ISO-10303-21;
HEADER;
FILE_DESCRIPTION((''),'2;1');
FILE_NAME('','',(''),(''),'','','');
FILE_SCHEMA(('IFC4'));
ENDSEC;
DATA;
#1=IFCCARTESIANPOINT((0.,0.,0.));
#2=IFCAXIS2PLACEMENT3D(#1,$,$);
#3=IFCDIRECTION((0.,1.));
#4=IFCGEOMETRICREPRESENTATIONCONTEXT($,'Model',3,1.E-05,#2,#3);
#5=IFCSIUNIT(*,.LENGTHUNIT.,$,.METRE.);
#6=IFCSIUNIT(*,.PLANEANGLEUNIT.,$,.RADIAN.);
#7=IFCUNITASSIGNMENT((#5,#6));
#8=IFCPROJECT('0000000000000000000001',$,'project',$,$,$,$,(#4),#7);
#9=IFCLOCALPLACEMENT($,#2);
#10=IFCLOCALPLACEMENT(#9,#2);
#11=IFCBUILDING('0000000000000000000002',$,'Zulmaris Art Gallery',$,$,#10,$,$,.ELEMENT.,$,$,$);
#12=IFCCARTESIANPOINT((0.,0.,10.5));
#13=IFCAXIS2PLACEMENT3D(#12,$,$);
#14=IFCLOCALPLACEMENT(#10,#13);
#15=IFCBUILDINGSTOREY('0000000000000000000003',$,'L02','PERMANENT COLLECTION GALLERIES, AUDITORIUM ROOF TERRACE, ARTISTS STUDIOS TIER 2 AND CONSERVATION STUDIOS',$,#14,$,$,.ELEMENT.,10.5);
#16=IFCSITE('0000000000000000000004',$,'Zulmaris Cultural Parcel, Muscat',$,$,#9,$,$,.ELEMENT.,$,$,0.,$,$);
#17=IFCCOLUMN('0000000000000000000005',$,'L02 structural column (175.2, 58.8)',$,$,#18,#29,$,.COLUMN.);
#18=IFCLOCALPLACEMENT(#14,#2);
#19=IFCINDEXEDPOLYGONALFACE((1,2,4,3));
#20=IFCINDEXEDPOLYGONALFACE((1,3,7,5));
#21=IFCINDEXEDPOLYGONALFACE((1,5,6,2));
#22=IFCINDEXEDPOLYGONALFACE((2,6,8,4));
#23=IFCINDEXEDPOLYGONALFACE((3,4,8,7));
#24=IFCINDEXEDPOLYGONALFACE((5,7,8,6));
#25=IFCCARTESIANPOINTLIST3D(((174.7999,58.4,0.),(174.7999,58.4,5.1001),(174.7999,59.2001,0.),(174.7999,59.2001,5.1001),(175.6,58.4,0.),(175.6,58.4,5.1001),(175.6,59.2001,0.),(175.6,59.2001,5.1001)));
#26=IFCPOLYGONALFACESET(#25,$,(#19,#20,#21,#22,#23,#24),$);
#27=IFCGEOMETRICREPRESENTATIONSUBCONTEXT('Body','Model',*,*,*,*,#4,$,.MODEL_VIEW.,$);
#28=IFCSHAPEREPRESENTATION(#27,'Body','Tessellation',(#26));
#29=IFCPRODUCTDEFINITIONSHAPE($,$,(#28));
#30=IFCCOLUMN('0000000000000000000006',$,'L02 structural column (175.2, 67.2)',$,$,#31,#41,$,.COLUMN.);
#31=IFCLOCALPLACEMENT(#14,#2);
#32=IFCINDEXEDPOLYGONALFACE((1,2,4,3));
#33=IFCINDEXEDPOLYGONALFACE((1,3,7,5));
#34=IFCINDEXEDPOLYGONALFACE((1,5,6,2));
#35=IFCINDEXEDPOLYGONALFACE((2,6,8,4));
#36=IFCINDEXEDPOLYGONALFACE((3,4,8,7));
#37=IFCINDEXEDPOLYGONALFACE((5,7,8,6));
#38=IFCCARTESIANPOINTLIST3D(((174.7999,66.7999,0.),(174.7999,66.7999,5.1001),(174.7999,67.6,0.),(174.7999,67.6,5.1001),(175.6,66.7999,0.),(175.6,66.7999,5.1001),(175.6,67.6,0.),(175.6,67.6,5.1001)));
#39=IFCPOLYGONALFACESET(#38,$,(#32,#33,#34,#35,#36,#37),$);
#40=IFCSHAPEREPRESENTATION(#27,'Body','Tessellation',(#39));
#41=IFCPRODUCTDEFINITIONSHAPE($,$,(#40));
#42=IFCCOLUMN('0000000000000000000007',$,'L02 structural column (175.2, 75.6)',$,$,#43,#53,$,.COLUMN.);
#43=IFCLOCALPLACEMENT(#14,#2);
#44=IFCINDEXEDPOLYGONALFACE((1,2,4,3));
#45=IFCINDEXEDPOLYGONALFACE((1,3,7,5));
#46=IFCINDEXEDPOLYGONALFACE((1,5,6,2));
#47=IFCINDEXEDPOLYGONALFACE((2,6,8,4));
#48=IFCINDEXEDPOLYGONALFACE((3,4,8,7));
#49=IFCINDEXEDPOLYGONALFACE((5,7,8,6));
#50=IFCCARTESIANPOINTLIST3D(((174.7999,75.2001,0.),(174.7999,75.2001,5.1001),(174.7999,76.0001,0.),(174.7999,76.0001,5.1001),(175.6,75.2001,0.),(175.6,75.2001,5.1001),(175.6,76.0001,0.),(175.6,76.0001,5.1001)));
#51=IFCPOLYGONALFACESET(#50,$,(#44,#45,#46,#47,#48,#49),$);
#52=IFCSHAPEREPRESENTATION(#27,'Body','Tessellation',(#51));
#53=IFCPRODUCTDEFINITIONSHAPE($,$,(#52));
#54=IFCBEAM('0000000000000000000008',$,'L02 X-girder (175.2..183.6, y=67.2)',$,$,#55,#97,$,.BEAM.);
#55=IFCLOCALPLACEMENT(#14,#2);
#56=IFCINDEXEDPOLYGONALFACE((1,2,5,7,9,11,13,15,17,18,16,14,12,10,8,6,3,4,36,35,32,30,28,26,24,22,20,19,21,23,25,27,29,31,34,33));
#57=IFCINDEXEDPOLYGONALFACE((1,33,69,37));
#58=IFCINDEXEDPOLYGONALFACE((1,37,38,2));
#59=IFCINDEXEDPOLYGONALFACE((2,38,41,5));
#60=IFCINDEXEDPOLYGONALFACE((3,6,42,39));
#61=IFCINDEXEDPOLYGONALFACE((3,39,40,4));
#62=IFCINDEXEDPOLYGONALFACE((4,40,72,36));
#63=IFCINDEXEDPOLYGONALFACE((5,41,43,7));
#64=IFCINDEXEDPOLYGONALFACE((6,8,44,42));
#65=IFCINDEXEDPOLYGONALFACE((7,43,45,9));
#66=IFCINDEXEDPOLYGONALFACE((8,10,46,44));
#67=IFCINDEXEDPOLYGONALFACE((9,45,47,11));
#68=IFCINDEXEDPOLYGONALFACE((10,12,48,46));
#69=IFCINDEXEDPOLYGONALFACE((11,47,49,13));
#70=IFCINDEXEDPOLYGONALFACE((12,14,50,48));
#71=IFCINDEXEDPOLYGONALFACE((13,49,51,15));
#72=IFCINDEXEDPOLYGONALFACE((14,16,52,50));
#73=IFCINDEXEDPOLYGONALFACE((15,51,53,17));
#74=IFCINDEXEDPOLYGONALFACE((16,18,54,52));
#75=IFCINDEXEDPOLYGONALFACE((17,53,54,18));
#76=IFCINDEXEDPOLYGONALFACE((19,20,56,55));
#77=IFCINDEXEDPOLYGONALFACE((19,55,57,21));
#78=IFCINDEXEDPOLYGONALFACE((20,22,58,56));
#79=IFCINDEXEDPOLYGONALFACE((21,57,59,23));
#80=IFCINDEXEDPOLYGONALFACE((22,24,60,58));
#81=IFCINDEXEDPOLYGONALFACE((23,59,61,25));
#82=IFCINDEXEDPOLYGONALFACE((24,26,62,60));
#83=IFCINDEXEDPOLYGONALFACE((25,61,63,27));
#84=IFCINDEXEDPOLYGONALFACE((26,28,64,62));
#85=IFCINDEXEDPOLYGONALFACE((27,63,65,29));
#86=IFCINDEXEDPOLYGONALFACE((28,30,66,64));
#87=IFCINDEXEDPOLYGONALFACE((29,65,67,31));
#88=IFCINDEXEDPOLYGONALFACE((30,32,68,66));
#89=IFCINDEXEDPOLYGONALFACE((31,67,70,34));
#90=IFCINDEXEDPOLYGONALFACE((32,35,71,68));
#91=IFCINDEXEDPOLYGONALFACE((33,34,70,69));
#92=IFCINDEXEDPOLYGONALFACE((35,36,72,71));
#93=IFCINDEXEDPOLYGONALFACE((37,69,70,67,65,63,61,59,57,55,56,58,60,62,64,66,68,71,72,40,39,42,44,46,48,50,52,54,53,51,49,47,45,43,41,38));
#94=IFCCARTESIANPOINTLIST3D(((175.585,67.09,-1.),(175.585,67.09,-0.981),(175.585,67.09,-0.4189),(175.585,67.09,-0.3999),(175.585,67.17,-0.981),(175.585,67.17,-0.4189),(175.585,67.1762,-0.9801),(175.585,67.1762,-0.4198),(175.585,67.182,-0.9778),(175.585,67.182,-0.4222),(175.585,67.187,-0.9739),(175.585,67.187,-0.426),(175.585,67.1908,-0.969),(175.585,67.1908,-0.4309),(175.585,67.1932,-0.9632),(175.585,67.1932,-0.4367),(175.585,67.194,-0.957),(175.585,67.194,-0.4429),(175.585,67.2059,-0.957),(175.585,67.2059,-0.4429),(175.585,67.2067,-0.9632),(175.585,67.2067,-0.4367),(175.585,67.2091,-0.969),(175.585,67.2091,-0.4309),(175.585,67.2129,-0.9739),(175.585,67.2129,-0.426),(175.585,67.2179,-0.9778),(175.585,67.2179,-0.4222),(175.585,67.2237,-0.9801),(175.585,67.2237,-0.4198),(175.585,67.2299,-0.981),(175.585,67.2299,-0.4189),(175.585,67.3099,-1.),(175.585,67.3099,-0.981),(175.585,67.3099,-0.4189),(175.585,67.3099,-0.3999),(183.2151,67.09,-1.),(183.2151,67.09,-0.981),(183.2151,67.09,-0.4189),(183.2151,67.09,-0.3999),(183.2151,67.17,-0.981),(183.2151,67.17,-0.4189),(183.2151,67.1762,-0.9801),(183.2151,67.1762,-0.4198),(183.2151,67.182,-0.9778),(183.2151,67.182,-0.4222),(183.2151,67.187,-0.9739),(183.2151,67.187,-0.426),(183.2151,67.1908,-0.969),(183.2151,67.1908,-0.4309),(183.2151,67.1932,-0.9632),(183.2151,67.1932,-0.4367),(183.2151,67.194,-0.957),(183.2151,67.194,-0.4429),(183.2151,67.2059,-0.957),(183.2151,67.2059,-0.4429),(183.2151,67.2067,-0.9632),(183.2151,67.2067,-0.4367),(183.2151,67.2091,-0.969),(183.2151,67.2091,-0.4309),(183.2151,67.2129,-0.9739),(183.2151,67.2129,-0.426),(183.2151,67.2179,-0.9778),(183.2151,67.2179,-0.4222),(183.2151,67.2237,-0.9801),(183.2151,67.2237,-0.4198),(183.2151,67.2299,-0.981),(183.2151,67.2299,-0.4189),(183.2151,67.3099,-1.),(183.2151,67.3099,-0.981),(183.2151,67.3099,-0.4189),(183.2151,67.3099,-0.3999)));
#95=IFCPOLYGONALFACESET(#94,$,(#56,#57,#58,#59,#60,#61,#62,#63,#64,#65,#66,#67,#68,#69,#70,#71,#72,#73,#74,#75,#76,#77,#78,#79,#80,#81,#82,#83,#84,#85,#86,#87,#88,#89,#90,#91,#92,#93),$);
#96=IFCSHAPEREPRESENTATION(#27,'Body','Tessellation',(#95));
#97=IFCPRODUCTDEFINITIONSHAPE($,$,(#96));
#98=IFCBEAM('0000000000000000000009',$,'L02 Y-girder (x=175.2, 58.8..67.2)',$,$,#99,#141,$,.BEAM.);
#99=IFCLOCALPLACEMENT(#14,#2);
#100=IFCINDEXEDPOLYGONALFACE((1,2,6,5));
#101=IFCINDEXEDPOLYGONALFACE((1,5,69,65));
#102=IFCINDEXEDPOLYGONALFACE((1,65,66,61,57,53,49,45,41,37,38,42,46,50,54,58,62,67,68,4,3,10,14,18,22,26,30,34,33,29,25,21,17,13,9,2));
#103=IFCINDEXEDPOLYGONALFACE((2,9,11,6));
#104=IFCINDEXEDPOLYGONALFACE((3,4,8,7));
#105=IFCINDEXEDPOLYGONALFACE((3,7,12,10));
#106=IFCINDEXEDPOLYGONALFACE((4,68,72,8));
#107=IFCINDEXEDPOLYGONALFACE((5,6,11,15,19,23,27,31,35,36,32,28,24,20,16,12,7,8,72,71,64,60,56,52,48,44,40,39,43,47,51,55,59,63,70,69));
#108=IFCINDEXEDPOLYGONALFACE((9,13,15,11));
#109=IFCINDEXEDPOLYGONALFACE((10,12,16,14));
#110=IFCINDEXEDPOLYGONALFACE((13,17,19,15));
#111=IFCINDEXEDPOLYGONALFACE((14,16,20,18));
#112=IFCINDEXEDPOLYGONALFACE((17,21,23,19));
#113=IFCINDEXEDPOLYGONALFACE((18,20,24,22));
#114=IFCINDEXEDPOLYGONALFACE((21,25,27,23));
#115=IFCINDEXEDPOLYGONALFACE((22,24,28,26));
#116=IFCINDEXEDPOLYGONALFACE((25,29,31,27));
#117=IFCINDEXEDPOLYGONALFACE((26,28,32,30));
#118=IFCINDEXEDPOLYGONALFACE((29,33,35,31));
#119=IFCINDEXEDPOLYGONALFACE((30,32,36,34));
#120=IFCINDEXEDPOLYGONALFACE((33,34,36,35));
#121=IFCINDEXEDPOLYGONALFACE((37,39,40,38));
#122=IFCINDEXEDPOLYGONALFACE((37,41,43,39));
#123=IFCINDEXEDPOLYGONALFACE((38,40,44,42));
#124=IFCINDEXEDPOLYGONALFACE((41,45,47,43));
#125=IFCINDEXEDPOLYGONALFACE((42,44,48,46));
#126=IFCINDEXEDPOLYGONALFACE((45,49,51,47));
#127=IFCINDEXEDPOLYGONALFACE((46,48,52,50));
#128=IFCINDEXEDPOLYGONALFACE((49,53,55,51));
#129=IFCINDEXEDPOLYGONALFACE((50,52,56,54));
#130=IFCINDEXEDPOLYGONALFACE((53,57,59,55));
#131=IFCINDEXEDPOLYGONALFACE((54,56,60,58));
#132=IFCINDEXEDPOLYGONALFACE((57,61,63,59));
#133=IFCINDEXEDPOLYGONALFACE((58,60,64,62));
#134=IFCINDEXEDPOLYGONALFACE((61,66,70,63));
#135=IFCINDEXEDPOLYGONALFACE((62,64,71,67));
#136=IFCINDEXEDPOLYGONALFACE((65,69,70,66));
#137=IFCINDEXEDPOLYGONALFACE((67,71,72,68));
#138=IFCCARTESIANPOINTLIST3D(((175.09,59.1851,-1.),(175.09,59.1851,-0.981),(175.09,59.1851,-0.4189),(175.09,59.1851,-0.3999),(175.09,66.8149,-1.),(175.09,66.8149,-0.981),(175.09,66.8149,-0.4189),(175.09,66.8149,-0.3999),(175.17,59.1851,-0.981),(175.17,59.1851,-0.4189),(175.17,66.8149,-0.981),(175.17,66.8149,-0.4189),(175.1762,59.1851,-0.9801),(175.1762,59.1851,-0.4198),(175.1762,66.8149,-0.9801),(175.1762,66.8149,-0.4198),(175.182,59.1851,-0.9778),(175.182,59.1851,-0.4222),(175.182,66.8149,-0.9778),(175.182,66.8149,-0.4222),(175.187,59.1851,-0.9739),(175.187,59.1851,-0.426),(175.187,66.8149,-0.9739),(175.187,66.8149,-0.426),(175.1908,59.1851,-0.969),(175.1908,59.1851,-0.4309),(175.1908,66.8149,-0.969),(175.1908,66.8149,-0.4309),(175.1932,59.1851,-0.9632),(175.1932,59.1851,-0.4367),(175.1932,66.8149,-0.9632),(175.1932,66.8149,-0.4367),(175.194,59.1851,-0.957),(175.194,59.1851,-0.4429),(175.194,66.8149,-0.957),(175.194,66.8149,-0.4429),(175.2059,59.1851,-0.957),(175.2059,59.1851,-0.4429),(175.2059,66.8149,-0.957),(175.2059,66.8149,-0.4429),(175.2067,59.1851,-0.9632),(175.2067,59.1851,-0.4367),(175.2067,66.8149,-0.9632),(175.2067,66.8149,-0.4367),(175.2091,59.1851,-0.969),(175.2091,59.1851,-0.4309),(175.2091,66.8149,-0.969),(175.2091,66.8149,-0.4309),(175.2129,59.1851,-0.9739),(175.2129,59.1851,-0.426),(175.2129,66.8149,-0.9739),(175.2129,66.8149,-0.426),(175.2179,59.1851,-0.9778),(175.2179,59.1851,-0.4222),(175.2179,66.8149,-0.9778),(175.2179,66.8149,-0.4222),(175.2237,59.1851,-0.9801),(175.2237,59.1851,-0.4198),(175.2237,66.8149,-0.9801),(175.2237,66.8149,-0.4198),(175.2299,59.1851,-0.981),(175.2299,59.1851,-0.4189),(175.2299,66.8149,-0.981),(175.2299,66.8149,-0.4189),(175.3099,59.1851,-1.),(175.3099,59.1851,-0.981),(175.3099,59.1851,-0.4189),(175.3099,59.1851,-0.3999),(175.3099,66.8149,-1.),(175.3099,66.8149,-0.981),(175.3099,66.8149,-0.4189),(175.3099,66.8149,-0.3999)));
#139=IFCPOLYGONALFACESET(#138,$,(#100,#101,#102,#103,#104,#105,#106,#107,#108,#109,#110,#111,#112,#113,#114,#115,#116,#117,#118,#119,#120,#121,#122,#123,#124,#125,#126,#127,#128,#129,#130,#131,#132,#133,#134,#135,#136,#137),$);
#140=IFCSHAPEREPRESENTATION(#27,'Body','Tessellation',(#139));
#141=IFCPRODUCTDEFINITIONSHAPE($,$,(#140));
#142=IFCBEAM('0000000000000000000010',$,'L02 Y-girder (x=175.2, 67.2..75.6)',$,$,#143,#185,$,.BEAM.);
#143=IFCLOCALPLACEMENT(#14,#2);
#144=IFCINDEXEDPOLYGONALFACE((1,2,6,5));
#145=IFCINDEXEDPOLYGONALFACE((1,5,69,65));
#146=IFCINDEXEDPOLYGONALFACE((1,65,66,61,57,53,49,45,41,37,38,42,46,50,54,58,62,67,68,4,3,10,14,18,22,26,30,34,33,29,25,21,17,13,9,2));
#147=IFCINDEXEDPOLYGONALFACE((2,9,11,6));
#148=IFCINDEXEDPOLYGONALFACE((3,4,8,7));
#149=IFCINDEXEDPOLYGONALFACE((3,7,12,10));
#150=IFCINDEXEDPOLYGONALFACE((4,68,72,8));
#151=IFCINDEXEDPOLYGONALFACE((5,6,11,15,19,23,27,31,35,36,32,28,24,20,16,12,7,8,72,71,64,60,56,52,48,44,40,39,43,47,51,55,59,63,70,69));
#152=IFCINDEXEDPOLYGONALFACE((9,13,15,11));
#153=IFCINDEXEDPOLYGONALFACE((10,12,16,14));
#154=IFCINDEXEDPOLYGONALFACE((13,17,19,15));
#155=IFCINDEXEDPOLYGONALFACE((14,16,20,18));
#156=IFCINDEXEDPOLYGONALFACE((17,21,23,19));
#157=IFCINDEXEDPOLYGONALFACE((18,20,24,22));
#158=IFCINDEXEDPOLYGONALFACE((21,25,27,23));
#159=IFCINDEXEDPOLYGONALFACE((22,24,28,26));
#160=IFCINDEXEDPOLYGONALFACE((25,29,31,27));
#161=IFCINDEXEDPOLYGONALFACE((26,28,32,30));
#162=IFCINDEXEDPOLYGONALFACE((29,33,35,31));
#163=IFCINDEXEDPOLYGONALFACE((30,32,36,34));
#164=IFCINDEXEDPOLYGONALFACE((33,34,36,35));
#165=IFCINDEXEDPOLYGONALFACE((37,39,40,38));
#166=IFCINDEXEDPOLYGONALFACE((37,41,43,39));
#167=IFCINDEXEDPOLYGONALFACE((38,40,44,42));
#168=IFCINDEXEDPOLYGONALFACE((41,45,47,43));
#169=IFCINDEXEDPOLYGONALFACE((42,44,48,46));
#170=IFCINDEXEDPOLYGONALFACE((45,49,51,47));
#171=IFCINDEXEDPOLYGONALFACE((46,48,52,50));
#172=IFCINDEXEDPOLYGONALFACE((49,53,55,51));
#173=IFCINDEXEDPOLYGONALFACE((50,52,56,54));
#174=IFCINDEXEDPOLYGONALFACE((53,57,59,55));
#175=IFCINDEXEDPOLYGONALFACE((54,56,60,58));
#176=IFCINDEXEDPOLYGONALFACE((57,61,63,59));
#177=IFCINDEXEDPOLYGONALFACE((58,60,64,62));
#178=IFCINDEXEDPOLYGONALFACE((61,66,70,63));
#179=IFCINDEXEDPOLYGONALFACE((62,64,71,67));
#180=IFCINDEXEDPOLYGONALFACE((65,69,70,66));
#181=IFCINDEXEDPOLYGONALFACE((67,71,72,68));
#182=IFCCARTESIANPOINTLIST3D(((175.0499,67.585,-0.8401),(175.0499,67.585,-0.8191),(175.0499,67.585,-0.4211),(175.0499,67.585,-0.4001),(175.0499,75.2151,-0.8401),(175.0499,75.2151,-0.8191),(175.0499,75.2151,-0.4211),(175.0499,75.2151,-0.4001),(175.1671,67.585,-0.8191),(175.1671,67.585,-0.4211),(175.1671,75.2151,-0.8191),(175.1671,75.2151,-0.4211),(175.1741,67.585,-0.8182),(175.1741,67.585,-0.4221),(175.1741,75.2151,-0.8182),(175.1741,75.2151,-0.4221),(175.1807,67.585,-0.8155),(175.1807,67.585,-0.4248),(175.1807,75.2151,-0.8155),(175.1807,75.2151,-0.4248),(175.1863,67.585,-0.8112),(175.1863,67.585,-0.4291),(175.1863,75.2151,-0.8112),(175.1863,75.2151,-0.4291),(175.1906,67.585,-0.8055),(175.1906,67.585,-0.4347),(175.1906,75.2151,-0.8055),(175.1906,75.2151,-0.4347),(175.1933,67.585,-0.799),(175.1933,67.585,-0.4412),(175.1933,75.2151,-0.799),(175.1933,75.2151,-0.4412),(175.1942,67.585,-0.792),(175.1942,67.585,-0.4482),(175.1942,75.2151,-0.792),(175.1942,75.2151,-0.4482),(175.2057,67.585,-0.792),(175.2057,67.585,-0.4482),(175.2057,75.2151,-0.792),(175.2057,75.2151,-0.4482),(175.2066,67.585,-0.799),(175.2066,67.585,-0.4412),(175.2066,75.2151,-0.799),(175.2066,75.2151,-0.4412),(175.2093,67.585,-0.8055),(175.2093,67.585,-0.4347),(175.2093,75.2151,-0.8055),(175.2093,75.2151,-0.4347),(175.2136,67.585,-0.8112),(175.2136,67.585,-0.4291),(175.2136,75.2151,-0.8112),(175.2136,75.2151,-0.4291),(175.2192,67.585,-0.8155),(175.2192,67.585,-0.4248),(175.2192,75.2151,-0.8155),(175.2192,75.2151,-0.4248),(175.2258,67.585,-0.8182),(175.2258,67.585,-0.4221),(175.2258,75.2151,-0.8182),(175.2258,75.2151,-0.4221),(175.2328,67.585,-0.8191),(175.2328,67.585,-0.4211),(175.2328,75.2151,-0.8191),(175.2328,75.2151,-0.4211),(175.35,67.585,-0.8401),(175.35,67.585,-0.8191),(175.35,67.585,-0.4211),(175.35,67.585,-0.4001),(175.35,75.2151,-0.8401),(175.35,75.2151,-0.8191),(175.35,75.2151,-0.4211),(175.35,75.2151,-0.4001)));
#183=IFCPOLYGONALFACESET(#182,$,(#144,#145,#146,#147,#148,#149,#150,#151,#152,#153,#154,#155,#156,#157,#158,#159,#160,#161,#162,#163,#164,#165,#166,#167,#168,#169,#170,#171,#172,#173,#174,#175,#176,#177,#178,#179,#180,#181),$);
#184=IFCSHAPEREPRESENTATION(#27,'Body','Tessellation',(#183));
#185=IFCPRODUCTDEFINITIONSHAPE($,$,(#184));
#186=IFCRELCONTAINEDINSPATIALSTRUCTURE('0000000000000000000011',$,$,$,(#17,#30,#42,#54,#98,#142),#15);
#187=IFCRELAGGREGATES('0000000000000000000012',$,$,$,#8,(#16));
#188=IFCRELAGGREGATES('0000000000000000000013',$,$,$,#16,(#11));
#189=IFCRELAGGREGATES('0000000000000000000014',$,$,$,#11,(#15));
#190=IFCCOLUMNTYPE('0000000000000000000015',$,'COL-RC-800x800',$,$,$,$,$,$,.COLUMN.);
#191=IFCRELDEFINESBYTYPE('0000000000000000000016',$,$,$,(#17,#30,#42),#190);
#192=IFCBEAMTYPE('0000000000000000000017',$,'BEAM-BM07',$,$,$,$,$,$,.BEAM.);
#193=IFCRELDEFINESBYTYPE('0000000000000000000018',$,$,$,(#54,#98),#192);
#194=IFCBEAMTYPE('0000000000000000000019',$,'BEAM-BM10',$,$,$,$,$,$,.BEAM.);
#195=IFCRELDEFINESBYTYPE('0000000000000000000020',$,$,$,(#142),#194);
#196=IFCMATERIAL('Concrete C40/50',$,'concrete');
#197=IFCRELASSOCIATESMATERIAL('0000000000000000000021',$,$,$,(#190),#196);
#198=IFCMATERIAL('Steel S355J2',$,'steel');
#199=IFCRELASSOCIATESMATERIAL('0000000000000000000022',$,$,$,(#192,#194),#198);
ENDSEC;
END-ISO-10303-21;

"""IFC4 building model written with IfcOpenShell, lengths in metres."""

from ifc_helpers import new_model, si_unit, direction, frame, origin, origin_2d, place, context, subcontext, project, spatial, rectangle, i_section, extrude, material, material_profile, profile_set, type_object, element, save


model = new_model("IFC4")

# Units and contexts
model_context = context("Model", 3, precision=1e-05, world=origin(), true_north=direction((0.0, 1.0)))
body_context = subcontext(model_context, "Body", "Model", "MODEL_VIEW")
ifc_project = project(units=[si_unit("LENGTHUNIT", "METRE"), si_unit("PLANEANGLEUNIT", "RADIAN")], contexts=[model_context])

# Site, building, storey
site_placement = place(None, origin())
site = spatial("IfcSite", under=ifc_project, at=site_placement, Name="Zulmaris Cultural Parcel, Muscat", CompositionType="ELEMENT", RefElevation=0.0)
building_placement = place(site_placement, origin())
building = spatial("IfcBuilding", under=site, at=building_placement, Name="Zulmaris Art Gallery", CompositionType="ELEMENT")
storey_placement = place(building_placement, frame((0.0, 0.0, 10.5)))
storey = spatial("IfcBuildingStorey", under=building, at=storey_placement, Name="L02", Description="PERMANENT COLLECTION GALLERIES, AUDITORIUM ROOF TERRACE, ARTISTS STUDIOS TIER 2 AND CONSERVATION STUDIOS", CompositionType="ELEMENT", Elevation=10.5)

# Columns
ifc_material_1 = material(Name="Concrete C40/50", Category="concrete")
ifc_material_profile_1 = material_profile(ifc_material_1, rectangle(XDim=0.8, YDim=0.8, at=origin_2d()), Name="RC 800x800")
ifc_profile_set_1 = profile_set([ifc_material_profile_1], Name="Concrete C40/50")
column_type = type_object("IfcColumnType", Name="COL-RC-800x800", PredefinedType="COLUMN", material=ifc_profile_set_1)
for number, where, z_axis, x_axis, name in (
    (1, (175.2, 58.8, 0.0), (0.0, 0.0, 1.0), (1.0, 0.0, 0.0), "L02 structural column (175.2, 58.8)"),
    (2, (175.2, 67.2, 0.0), (0.0, 0.0, 1.0), (1.0, 0.0, 0.0), "L02 structural column (175.2, 67.2)"),
    (3, (175.2, 75.6001, 0.0), (0.0, 0.0, 1.0), (1.0, 0.0, 0.0), "L02 structural column (175.2, 75.6)"),
):
    element("IfcColumn", number, at=place(storey_placement, frame(where, z_axis=z_axis, x_axis=x_axis)), inside=storey, type_object=column_type, Name=name, PredefinedType="COLUMN", context=body_context, shape_type="SweptSolid", body=[
        extrude(rectangle(XDim=0.8, YDim=0.8, at=origin_2d()), origin(), (0.0, 0.0, 1.0), 5.1001),
    ])

# Beams
ifc_material_2 = material(Name="Steel S355J2", Category="steel")
ifc_material_profile_2 = material_profile(ifc_material_2, i_section(OverallWidth=0.22, OverallDepth=0.6001, WebThickness=0.012, FlangeThickness=0.019, FilletRadius=0.0239, at=origin_2d()), Name="IPE 600")
ifc_profile_set_2 = profile_set([ifc_material_profile_2], Name="Steel S355J2")
beam_type_1 = type_object("IfcBeamType", Name="BEAM-BM07", PredefinedType="BEAM", material=ifc_profile_set_2)
beam_1_placement = place(storey_placement, frame((175.585, 67.2, -0.7), z_axis=(1.0, 0.0, 0.0), x_axis=(0.0, 1.0, 0.0)))
element("IfcBeam", 4, at=beam_1_placement, inside=storey, type_object=beam_type_1, Name="L02 X-girder (175.2..183.6, y=67.2)", PredefinedType="BEAM", context=body_context, shape_type="SweptSolid", body=[
    extrude(i_section(OverallWidth=0.22, OverallDepth=0.6001, WebThickness=0.012, FlangeThickness=0.019, FilletRadius=0.0239, at=origin_2d()), origin(), (0.0, 0.0, 1.0), 7.6301),
])
beam_2_placement = place(storey_placement, frame((175.2, 59.1851, -0.7), z_axis=(0.0, 1.0, 0.0), x_axis=(-1.0, 0.0, 0.0)))
element("IfcBeam", 5, at=beam_2_placement, inside=storey, type_object=beam_type_1, Name="L02 Y-girder (x=175.2, 58.8..67.2)", PredefinedType="BEAM", context=body_context, shape_type="SweptSolid", body=[
    extrude(i_section(OverallWidth=0.22, OverallDepth=0.6001, WebThickness=0.012, FlangeThickness=0.019, FilletRadius=0.0239, at=origin_2d()), origin(), (0.0, 0.0, 1.0), 7.6299),
])
ifc_material_profile_3 = material_profile(ifc_material_2, i_section(OverallWidth=0.3, OverallDepth=0.4399, WebThickness=0.0115, FlangeThickness=0.021, FilletRadius=0.0271, at=origin_2d()), Name="HEA 450")
ifc_profile_set_3 = profile_set([ifc_material_profile_3], Name="Steel S355J2")
beam_type_2 = type_object("IfcBeamType", Name="BEAM-BM10", PredefinedType="BEAM", material=ifc_profile_set_3)
beam_3_placement = place(storey_placement, frame((175.2, 67.585, -0.6201), z_axis=(0.0, 1.0, 0.0), x_axis=(-1.0, 0.0, 0.0)))
element("IfcBeam", 6, at=beam_3_placement, inside=storey, type_object=beam_type_2, Name="L02 Y-girder (x=175.2, 67.2..75.6)", PredefinedType="BEAM", context=body_context, shape_type="SweptSolid", body=[
    extrude(i_section(OverallWidth=0.3, OverallDepth=0.4399, WebThickness=0.0115, FlangeThickness=0.021, FilletRadius=0.0271, at=origin_2d()), origin(), (0.0, 0.0, 1.0), 7.6301),
])

save(model, "model.ifc")
